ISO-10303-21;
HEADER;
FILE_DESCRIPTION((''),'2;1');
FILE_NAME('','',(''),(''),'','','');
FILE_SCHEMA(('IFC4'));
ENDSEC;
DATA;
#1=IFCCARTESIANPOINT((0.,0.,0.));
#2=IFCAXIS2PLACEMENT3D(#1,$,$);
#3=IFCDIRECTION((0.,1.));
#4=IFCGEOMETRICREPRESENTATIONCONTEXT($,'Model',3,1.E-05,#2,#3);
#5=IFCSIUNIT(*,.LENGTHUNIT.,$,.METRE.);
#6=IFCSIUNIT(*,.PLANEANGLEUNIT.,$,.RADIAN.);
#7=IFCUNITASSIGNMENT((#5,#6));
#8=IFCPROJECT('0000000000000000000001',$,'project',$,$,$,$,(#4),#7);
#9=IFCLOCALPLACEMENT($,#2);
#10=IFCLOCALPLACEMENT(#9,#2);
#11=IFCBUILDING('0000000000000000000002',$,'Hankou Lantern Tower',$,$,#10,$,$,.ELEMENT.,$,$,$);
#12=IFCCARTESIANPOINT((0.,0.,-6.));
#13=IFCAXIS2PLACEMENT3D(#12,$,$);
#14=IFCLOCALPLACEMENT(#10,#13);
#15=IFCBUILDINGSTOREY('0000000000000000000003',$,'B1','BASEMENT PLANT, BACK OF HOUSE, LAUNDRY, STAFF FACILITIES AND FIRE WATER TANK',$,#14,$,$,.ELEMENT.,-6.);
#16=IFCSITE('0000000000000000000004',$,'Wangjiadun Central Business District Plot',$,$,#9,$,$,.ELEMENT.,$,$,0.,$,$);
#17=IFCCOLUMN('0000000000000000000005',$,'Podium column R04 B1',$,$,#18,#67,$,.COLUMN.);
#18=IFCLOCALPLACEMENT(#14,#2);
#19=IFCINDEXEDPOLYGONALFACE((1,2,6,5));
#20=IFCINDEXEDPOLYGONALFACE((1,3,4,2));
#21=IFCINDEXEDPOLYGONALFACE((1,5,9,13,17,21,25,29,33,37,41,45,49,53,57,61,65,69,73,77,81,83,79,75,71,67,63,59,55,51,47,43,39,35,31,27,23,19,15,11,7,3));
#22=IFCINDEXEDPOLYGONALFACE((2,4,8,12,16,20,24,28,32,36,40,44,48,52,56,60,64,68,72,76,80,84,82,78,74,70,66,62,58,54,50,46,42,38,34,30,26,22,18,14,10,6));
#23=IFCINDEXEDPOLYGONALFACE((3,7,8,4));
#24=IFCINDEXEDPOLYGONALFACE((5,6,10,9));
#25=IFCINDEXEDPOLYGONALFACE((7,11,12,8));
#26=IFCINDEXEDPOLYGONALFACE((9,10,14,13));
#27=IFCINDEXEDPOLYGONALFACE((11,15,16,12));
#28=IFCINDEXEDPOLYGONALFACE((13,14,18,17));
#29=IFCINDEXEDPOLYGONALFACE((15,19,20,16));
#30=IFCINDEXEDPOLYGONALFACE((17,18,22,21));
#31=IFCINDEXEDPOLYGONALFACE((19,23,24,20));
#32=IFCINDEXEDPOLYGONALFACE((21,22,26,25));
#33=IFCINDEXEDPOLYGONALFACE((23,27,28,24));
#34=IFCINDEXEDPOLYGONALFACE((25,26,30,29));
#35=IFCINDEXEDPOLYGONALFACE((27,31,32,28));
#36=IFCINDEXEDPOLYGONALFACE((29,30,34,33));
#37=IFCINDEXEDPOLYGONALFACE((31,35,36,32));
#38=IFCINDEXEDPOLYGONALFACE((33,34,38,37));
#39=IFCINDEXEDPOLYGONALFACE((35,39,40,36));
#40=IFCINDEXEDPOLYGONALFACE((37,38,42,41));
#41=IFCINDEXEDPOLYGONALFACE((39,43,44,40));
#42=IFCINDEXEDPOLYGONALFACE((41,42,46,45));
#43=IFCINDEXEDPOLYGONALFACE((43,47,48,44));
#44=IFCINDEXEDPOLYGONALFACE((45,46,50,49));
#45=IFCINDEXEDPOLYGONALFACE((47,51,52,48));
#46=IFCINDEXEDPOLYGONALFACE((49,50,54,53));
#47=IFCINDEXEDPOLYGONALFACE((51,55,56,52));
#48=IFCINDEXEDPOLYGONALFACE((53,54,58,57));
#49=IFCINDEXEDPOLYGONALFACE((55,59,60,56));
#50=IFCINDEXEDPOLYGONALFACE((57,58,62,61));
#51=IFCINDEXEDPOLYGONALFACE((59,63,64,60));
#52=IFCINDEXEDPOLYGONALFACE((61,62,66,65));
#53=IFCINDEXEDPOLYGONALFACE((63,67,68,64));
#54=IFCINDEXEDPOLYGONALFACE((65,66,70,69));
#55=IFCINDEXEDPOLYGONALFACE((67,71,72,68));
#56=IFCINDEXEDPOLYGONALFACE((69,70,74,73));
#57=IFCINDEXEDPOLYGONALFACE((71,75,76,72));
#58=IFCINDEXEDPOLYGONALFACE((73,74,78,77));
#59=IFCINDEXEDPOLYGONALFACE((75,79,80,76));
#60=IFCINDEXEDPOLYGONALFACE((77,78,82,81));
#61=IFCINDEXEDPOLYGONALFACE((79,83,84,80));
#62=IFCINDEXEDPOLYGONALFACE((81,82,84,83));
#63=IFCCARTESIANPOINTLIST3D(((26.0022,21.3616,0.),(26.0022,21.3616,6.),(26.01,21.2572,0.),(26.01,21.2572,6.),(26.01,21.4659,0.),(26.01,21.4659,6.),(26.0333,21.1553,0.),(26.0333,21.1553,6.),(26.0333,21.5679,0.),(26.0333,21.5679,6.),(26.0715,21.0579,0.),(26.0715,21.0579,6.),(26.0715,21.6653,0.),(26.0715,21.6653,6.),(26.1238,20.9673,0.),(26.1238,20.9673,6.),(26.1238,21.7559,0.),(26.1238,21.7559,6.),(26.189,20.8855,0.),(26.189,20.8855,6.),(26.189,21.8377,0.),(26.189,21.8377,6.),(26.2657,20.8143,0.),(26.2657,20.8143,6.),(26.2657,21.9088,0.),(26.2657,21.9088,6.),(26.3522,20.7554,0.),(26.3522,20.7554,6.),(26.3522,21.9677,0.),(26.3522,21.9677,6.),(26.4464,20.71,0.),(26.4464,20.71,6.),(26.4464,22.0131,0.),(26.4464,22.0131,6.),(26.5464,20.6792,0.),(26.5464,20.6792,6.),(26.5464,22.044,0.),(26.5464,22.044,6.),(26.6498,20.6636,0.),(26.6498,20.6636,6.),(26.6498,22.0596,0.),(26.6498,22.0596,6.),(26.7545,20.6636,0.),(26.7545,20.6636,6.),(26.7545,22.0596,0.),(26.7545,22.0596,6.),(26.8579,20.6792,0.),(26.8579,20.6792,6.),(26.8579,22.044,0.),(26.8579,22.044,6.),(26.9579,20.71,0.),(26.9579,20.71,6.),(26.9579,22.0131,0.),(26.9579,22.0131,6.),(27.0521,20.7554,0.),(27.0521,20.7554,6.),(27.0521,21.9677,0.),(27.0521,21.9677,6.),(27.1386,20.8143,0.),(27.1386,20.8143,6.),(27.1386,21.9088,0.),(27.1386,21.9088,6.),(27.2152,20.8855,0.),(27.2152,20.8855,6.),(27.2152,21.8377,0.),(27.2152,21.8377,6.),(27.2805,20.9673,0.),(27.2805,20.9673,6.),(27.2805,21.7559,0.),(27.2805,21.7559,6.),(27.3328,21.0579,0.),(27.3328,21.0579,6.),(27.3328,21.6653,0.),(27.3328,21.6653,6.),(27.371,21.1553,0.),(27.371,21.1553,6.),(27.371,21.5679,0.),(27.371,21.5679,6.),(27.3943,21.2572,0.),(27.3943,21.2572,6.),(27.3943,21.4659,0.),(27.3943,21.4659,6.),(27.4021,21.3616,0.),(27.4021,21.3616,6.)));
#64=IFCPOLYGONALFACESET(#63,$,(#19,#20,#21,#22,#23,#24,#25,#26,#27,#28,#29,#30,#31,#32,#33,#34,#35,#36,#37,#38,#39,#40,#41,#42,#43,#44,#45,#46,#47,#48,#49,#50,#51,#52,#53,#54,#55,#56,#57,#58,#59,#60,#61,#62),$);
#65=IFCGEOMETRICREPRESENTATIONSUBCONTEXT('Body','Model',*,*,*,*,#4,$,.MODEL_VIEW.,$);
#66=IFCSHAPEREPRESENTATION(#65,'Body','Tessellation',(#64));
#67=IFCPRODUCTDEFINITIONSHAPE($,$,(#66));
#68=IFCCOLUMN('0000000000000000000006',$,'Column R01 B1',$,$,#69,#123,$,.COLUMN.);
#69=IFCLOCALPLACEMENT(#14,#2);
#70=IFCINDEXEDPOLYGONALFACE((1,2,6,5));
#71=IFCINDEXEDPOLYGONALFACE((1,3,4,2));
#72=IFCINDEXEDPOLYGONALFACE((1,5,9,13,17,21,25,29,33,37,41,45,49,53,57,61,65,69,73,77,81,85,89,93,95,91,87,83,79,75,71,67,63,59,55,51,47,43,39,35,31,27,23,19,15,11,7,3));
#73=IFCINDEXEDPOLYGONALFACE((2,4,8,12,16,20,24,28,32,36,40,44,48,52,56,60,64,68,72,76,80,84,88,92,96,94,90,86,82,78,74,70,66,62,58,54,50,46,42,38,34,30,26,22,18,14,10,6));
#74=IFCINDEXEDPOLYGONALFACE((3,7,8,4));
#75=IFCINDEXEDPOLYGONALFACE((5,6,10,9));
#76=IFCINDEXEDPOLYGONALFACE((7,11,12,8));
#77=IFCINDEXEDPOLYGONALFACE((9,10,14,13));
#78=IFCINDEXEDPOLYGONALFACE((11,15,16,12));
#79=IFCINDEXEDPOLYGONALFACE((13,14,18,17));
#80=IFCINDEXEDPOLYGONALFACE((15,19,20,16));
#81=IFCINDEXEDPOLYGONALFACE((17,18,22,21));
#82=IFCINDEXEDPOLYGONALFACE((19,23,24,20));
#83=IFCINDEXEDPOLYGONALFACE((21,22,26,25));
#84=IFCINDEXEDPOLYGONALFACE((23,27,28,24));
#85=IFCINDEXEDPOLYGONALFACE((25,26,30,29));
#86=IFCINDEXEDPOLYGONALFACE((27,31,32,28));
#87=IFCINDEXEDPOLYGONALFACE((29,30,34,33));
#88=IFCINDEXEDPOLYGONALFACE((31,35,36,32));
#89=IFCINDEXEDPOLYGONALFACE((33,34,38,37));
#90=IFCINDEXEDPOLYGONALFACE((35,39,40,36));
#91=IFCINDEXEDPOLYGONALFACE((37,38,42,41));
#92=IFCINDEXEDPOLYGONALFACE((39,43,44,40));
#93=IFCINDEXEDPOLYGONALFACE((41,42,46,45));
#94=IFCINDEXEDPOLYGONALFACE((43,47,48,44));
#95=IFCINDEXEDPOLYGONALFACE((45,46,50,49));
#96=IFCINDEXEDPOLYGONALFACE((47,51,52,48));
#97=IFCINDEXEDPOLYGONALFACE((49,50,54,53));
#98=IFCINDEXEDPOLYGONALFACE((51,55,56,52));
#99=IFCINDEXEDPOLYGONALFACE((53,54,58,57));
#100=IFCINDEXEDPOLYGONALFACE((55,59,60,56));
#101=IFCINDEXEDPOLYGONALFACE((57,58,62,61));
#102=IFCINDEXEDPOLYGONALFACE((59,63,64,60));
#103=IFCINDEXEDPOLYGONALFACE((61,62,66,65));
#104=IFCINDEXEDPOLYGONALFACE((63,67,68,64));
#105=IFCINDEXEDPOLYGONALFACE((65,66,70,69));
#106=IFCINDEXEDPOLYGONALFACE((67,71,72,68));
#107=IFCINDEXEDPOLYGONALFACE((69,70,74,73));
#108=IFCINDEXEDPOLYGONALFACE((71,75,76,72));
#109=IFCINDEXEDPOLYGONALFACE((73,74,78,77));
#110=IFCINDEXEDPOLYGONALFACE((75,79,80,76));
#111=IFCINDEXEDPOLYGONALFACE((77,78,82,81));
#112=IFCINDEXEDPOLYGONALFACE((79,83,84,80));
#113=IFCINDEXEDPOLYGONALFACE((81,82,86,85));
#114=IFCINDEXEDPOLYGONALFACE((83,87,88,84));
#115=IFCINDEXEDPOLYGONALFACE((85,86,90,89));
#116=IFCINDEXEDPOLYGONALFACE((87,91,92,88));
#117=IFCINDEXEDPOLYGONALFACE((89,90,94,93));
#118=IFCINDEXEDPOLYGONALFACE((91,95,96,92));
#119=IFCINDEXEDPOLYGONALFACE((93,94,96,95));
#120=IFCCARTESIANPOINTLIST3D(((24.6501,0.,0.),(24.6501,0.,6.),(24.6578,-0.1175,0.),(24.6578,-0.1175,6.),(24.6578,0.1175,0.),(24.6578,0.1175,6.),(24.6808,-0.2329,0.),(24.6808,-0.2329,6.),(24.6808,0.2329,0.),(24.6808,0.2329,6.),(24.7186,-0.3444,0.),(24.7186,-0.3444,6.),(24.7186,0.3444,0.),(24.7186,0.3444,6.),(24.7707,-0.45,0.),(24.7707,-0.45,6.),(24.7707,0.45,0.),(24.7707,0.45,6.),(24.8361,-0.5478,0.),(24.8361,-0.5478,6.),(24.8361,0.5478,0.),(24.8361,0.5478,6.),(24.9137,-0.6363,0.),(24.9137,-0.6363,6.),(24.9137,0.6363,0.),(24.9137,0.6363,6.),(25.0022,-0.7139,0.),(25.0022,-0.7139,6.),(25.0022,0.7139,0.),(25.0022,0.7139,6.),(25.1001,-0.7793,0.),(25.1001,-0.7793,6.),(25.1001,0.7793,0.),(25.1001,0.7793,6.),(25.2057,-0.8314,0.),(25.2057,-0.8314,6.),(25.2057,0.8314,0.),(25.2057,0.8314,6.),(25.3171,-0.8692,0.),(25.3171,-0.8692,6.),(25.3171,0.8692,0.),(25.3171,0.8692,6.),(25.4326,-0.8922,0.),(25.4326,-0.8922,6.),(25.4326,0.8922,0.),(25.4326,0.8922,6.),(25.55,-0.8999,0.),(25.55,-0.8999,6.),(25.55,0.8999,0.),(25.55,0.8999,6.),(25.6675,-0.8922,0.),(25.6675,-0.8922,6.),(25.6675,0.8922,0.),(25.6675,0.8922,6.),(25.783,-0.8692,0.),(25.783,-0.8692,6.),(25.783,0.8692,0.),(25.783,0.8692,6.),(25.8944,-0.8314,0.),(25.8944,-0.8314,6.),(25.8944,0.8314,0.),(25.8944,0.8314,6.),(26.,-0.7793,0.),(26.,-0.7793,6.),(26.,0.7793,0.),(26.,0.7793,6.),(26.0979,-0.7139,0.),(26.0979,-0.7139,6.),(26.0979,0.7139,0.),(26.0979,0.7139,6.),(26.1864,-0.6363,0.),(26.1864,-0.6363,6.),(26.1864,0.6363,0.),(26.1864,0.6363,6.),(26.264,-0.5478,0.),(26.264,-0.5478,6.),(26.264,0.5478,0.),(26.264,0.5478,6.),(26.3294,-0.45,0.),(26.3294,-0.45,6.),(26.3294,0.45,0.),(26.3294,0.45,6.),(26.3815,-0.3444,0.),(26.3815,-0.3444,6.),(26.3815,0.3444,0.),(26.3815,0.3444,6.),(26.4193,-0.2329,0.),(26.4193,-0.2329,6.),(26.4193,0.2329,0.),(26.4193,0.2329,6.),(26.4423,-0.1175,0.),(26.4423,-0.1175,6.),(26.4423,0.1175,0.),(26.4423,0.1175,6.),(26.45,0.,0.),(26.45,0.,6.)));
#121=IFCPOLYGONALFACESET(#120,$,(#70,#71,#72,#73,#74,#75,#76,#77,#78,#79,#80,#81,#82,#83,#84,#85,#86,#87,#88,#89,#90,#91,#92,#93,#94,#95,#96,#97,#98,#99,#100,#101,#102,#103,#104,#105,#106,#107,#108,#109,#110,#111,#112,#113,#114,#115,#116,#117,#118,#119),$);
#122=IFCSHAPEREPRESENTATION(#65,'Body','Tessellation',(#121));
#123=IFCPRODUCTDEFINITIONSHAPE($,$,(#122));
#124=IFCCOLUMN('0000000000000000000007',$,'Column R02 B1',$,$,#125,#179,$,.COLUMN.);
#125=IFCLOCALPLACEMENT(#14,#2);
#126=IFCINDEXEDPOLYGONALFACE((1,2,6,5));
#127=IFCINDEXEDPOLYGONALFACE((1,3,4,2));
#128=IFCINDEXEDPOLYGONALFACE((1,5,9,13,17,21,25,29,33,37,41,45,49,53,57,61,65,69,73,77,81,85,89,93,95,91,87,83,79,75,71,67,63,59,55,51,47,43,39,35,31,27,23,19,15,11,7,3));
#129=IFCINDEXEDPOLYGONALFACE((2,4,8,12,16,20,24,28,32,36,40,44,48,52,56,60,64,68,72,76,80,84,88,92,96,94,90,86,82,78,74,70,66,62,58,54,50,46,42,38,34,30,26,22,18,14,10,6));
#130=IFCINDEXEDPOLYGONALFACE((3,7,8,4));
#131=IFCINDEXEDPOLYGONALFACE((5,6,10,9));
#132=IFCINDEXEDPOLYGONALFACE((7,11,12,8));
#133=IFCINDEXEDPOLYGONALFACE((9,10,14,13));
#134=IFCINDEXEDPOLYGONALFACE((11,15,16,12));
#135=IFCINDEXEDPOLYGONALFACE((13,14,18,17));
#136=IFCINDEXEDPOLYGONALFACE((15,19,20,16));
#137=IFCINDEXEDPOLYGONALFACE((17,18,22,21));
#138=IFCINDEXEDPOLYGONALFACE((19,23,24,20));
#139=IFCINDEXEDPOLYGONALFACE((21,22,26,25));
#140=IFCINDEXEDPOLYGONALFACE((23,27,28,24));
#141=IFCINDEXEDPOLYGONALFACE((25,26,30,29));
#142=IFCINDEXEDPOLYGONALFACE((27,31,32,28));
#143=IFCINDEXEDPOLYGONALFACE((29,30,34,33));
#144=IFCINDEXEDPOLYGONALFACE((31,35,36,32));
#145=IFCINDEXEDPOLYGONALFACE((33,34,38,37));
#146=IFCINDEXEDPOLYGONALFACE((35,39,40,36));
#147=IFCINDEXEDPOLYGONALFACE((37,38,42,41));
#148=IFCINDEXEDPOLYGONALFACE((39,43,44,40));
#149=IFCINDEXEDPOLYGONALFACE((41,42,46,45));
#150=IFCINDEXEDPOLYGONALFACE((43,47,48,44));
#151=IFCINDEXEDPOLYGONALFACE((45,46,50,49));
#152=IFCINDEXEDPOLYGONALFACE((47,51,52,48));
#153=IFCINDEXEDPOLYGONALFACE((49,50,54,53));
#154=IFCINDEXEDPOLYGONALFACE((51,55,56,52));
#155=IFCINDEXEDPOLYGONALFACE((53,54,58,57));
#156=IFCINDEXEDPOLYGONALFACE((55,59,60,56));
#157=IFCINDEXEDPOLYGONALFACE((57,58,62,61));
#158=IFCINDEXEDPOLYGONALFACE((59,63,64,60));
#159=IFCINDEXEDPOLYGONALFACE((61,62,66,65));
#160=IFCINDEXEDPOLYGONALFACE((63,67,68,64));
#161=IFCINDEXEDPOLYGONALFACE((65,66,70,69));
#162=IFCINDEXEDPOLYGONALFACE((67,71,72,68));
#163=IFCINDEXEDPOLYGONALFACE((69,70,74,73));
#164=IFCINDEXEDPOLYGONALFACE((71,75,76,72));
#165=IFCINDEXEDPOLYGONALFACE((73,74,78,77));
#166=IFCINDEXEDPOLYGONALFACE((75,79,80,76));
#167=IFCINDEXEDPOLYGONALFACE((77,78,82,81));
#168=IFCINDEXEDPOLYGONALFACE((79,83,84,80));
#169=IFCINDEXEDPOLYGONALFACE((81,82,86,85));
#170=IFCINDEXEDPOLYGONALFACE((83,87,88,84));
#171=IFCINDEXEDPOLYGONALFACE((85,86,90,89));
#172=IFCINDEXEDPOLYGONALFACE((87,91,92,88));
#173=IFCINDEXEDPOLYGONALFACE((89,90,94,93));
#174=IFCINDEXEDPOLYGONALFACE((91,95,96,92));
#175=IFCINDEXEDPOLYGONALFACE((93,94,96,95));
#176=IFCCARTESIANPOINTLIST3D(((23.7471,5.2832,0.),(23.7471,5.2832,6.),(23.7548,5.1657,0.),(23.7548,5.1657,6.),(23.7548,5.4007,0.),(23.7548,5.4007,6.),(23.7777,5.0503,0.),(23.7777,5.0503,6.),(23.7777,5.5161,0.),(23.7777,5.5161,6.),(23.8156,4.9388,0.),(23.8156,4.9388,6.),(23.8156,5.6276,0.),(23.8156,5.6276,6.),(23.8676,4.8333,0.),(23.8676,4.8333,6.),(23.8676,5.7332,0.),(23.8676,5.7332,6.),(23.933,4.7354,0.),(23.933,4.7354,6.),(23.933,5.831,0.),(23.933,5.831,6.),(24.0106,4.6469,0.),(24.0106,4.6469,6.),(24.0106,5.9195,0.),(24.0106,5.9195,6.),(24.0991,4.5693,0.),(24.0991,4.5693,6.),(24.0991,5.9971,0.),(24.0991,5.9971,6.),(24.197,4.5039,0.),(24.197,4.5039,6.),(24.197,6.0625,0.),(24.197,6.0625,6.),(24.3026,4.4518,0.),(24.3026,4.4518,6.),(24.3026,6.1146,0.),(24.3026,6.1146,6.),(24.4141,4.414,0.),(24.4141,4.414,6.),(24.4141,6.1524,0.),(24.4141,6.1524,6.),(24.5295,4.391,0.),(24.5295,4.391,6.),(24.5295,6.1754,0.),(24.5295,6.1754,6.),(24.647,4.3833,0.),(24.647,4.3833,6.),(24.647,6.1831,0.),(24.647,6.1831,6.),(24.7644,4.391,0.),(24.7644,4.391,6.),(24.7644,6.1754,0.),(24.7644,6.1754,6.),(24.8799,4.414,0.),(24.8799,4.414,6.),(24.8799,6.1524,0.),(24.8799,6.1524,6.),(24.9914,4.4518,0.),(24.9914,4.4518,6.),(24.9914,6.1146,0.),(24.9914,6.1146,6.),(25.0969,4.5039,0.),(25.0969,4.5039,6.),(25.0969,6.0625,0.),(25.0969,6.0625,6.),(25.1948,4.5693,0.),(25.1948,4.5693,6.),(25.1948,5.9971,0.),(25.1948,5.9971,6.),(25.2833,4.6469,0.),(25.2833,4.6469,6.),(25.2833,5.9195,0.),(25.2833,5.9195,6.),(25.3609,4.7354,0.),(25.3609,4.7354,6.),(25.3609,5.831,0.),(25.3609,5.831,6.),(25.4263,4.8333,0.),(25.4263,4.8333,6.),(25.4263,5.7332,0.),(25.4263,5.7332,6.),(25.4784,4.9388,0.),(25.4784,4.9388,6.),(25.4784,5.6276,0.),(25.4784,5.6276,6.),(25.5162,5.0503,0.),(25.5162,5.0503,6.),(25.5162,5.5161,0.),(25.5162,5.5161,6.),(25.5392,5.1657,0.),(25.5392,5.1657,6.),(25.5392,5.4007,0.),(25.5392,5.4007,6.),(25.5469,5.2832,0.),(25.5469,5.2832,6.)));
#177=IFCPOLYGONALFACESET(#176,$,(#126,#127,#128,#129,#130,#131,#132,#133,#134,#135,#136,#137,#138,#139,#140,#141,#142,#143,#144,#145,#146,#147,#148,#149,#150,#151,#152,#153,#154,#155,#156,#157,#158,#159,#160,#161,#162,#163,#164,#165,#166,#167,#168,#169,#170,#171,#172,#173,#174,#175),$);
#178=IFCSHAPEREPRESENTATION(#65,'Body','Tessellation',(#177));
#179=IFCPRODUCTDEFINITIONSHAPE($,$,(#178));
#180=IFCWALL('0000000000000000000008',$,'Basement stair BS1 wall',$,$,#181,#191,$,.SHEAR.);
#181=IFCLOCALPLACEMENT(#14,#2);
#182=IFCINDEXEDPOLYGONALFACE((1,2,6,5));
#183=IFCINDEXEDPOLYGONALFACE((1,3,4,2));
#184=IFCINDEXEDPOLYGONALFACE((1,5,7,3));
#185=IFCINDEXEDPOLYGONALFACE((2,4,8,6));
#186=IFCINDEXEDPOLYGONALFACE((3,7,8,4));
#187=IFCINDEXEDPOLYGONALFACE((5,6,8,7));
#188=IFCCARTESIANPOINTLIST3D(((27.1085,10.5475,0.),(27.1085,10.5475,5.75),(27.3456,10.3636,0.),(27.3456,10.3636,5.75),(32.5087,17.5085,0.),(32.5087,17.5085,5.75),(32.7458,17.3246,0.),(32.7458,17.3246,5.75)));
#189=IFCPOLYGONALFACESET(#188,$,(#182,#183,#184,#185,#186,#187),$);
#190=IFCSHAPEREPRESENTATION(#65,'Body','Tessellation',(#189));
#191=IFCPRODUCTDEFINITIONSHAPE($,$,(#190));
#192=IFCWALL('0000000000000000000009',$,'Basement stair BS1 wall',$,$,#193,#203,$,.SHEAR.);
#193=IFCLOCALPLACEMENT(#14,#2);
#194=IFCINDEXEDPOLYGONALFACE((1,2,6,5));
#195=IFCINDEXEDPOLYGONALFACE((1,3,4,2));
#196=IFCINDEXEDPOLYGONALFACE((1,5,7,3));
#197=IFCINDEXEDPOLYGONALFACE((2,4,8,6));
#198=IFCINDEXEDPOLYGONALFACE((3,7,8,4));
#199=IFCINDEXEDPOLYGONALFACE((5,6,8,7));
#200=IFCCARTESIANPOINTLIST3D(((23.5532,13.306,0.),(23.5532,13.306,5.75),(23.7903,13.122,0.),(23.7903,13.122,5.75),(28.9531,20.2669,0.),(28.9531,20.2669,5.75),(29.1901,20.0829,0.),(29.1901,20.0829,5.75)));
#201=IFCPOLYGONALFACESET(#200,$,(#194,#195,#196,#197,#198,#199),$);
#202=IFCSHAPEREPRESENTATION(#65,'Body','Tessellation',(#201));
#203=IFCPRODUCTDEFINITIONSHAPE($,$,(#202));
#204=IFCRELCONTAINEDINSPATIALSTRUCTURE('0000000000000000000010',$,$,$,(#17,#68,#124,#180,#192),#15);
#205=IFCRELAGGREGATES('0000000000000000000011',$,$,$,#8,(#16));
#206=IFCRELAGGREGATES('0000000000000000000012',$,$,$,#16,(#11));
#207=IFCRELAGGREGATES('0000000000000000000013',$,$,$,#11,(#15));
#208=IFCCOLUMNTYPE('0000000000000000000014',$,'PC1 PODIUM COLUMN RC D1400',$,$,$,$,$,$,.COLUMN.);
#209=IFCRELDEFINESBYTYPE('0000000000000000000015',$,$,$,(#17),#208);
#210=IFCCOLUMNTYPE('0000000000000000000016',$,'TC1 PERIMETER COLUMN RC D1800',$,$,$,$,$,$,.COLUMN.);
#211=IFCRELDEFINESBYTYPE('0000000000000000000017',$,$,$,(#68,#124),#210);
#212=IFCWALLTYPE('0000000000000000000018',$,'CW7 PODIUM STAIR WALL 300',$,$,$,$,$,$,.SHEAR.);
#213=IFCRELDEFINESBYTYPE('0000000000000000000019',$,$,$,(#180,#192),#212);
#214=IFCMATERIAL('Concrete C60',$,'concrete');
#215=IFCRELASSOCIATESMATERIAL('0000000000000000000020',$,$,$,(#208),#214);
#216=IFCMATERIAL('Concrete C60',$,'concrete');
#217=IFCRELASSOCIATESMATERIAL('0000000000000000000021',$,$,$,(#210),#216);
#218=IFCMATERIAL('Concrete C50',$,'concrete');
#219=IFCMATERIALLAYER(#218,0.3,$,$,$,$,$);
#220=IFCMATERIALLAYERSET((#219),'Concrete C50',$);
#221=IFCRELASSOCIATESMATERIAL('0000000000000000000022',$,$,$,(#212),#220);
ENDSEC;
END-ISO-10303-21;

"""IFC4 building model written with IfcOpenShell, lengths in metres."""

from ifc_helpers import new_model, si_unit, direction, frame, frame_2d, origin, origin_2d, place, context, subcontext, project, spatial, rectangle, circle, extrude, material, layer, layer_set, material_profile, profile_set, type_object, element, save


model = new_model("IFC4")

# Units and contexts
model_context = context("Model", 3, precision=1e-05, world=origin(), true_north=direction((0.0, 1.0)))
body_context = subcontext(model_context, "Body", "Model", "MODEL_VIEW")
ifc_project = project(units=[si_unit("LENGTHUNIT", "METRE"), si_unit("PLANEANGLEUNIT", "RADIAN")], contexts=[model_context])

# Site, building, storey
site_placement = place(None, origin())
site = spatial("IfcSite", under=ifc_project, at=site_placement, Name="Wangjiadun Central Business District Plot", CompositionType="ELEMENT", RefElevation=0.0)
building_placement = place(site_placement, origin())
building = spatial("IfcBuilding", under=site, at=building_placement, Name="Hankou Lantern Tower", CompositionType="ELEMENT")
storey_placement = place(building_placement, frame((0.0, 0.0, -6.0)))
storey = spatial("IfcBuildingStorey", under=building, at=storey_placement, Name="B1", Description="BASEMENT PLANT, BACK OF HOUSE, LAUNDRY, STAFF FACILITIES AND FIRE WATER TANK", CompositionType="ELEMENT", Elevation=-6.0)

# Columns
ifc_material_1 = material(Name="Concrete C60", Category="concrete")
ifc_material_profile_1 = material_profile(ifc_material_1, circle(Radius=0.7, at=origin_2d()), Name="RC D1400")
ifc_profile_set_1 = profile_set([ifc_material_profile_1], Name="Concrete C60")
column_type_1 = type_object("IfcColumnType", Name="PC1 PODIUM COLUMN RC D1400", PredefinedType="COLUMN", material=ifc_profile_set_1)
for number, where, z_axis, x_axis, name in (
    (1, (26.7021, 21.3616, 0.0), (0.0, 0.0, 1.0), (1.0, 0.0, 0.0), "Podium column R04 B1"),
):
    element("IfcColumn", number, at=place(storey_placement, frame(where, z_axis=z_axis, x_axis=x_axis)), inside=storey, type_object=column_type_1, Name=name, PredefinedType="COLUMN", context=body_context, shape_type="SweptSolid", body=[
        extrude(circle(Radius=0.7, at=origin_2d()), origin(), (0.0, 0.0, 1.0), 6.0),
    ])
ifc_material_2 = material(Name="Concrete C60", Category="concrete")
ifc_material_profile_2 = material_profile(ifc_material_2, circle(Radius=0.8999, at=origin_2d()), Name="RC D1800")
ifc_profile_set_2 = profile_set([ifc_material_profile_2], Name="Concrete C60")
column_type_2 = type_object("IfcColumnType", Name="TC1 PERIMETER COLUMN RC D1800", PredefinedType="COLUMN", material=ifc_profile_set_2)
for number, where, z_axis, x_axis, name in (
    (2, (25.55, 0.0, 0.0), (0.0, 0.0, 1.0), (1.0, 0.0, 0.0), "Column R01 B1"),
    (3, (24.647, 5.2832, 0.0), (0.0, 0.0, 1.0), (1.0, 0.0, 0.0), "Column R02 B1"),
):
    element("IfcColumn", number, at=place(storey_placement, frame(where, z_axis=z_axis, x_axis=x_axis)), inside=storey, type_object=column_type_2, Name=name, PredefinedType="COLUMN", context=body_context, shape_type="SweptSolid", body=[
        extrude(circle(Radius=0.8999, at=origin_2d()), origin(), (0.0, 0.0, 1.0), 6.0),
    ])

# Walls
ifc_material_3 = material(Name="Concrete C50", Category="concrete")
ifc_layer_1 = layer(ifc_material_3, 0.3)
ifc_layer_set_1 = layer_set([ifc_layer_1], Name="Concrete C50")
wall_type_1 = type_object("IfcWallType", Name="CW7 PODIUM STAIR WALL 300", PredefinedType="SHEAR", material=ifc_layer_set_1)
wall_1_placement = place(storey_placement, frame((27.2271, 10.4556, 0.0), z_axis=(0.0, 0.0, 1.0), x_axis=(0.612956, 0.790117, 0.0)))
element("IfcWall", 4, at=wall_1_placement, inside=storey, type_object=wall_type_1, Name="Basement stair BS1 wall", PredefinedType="SHEAR", context=body_context, shape_type="SweptSolid", body=[
    extrude(rectangle(XDim=8.8101, YDim=0.3, at=frame_2d((4.405, 0.0))), origin(), (0.0, 0.0, 1.0), 5.75),
])
wall_2_placement = place(storey_placement, frame((29.0715, 20.1748, 0.0), z_axis=(0.0, 0.0, 1.0), x_axis=(-0.612939, -0.790131, 0.0)))
element("IfcWall", 5, at=wall_2_placement, inside=storey, type_object=wall_type_1, Name="Basement stair BS1 wall", PredefinedType="SHEAR", context=body_context, shape_type="SweptSolid", body=[
    extrude(rectangle(XDim=8.8098, YDim=0.3, at=frame_2d((4.4048, 0.0))), origin(), (0.0, 0.0, 1.0), 5.75),
])

save(model, "model.ifc")
